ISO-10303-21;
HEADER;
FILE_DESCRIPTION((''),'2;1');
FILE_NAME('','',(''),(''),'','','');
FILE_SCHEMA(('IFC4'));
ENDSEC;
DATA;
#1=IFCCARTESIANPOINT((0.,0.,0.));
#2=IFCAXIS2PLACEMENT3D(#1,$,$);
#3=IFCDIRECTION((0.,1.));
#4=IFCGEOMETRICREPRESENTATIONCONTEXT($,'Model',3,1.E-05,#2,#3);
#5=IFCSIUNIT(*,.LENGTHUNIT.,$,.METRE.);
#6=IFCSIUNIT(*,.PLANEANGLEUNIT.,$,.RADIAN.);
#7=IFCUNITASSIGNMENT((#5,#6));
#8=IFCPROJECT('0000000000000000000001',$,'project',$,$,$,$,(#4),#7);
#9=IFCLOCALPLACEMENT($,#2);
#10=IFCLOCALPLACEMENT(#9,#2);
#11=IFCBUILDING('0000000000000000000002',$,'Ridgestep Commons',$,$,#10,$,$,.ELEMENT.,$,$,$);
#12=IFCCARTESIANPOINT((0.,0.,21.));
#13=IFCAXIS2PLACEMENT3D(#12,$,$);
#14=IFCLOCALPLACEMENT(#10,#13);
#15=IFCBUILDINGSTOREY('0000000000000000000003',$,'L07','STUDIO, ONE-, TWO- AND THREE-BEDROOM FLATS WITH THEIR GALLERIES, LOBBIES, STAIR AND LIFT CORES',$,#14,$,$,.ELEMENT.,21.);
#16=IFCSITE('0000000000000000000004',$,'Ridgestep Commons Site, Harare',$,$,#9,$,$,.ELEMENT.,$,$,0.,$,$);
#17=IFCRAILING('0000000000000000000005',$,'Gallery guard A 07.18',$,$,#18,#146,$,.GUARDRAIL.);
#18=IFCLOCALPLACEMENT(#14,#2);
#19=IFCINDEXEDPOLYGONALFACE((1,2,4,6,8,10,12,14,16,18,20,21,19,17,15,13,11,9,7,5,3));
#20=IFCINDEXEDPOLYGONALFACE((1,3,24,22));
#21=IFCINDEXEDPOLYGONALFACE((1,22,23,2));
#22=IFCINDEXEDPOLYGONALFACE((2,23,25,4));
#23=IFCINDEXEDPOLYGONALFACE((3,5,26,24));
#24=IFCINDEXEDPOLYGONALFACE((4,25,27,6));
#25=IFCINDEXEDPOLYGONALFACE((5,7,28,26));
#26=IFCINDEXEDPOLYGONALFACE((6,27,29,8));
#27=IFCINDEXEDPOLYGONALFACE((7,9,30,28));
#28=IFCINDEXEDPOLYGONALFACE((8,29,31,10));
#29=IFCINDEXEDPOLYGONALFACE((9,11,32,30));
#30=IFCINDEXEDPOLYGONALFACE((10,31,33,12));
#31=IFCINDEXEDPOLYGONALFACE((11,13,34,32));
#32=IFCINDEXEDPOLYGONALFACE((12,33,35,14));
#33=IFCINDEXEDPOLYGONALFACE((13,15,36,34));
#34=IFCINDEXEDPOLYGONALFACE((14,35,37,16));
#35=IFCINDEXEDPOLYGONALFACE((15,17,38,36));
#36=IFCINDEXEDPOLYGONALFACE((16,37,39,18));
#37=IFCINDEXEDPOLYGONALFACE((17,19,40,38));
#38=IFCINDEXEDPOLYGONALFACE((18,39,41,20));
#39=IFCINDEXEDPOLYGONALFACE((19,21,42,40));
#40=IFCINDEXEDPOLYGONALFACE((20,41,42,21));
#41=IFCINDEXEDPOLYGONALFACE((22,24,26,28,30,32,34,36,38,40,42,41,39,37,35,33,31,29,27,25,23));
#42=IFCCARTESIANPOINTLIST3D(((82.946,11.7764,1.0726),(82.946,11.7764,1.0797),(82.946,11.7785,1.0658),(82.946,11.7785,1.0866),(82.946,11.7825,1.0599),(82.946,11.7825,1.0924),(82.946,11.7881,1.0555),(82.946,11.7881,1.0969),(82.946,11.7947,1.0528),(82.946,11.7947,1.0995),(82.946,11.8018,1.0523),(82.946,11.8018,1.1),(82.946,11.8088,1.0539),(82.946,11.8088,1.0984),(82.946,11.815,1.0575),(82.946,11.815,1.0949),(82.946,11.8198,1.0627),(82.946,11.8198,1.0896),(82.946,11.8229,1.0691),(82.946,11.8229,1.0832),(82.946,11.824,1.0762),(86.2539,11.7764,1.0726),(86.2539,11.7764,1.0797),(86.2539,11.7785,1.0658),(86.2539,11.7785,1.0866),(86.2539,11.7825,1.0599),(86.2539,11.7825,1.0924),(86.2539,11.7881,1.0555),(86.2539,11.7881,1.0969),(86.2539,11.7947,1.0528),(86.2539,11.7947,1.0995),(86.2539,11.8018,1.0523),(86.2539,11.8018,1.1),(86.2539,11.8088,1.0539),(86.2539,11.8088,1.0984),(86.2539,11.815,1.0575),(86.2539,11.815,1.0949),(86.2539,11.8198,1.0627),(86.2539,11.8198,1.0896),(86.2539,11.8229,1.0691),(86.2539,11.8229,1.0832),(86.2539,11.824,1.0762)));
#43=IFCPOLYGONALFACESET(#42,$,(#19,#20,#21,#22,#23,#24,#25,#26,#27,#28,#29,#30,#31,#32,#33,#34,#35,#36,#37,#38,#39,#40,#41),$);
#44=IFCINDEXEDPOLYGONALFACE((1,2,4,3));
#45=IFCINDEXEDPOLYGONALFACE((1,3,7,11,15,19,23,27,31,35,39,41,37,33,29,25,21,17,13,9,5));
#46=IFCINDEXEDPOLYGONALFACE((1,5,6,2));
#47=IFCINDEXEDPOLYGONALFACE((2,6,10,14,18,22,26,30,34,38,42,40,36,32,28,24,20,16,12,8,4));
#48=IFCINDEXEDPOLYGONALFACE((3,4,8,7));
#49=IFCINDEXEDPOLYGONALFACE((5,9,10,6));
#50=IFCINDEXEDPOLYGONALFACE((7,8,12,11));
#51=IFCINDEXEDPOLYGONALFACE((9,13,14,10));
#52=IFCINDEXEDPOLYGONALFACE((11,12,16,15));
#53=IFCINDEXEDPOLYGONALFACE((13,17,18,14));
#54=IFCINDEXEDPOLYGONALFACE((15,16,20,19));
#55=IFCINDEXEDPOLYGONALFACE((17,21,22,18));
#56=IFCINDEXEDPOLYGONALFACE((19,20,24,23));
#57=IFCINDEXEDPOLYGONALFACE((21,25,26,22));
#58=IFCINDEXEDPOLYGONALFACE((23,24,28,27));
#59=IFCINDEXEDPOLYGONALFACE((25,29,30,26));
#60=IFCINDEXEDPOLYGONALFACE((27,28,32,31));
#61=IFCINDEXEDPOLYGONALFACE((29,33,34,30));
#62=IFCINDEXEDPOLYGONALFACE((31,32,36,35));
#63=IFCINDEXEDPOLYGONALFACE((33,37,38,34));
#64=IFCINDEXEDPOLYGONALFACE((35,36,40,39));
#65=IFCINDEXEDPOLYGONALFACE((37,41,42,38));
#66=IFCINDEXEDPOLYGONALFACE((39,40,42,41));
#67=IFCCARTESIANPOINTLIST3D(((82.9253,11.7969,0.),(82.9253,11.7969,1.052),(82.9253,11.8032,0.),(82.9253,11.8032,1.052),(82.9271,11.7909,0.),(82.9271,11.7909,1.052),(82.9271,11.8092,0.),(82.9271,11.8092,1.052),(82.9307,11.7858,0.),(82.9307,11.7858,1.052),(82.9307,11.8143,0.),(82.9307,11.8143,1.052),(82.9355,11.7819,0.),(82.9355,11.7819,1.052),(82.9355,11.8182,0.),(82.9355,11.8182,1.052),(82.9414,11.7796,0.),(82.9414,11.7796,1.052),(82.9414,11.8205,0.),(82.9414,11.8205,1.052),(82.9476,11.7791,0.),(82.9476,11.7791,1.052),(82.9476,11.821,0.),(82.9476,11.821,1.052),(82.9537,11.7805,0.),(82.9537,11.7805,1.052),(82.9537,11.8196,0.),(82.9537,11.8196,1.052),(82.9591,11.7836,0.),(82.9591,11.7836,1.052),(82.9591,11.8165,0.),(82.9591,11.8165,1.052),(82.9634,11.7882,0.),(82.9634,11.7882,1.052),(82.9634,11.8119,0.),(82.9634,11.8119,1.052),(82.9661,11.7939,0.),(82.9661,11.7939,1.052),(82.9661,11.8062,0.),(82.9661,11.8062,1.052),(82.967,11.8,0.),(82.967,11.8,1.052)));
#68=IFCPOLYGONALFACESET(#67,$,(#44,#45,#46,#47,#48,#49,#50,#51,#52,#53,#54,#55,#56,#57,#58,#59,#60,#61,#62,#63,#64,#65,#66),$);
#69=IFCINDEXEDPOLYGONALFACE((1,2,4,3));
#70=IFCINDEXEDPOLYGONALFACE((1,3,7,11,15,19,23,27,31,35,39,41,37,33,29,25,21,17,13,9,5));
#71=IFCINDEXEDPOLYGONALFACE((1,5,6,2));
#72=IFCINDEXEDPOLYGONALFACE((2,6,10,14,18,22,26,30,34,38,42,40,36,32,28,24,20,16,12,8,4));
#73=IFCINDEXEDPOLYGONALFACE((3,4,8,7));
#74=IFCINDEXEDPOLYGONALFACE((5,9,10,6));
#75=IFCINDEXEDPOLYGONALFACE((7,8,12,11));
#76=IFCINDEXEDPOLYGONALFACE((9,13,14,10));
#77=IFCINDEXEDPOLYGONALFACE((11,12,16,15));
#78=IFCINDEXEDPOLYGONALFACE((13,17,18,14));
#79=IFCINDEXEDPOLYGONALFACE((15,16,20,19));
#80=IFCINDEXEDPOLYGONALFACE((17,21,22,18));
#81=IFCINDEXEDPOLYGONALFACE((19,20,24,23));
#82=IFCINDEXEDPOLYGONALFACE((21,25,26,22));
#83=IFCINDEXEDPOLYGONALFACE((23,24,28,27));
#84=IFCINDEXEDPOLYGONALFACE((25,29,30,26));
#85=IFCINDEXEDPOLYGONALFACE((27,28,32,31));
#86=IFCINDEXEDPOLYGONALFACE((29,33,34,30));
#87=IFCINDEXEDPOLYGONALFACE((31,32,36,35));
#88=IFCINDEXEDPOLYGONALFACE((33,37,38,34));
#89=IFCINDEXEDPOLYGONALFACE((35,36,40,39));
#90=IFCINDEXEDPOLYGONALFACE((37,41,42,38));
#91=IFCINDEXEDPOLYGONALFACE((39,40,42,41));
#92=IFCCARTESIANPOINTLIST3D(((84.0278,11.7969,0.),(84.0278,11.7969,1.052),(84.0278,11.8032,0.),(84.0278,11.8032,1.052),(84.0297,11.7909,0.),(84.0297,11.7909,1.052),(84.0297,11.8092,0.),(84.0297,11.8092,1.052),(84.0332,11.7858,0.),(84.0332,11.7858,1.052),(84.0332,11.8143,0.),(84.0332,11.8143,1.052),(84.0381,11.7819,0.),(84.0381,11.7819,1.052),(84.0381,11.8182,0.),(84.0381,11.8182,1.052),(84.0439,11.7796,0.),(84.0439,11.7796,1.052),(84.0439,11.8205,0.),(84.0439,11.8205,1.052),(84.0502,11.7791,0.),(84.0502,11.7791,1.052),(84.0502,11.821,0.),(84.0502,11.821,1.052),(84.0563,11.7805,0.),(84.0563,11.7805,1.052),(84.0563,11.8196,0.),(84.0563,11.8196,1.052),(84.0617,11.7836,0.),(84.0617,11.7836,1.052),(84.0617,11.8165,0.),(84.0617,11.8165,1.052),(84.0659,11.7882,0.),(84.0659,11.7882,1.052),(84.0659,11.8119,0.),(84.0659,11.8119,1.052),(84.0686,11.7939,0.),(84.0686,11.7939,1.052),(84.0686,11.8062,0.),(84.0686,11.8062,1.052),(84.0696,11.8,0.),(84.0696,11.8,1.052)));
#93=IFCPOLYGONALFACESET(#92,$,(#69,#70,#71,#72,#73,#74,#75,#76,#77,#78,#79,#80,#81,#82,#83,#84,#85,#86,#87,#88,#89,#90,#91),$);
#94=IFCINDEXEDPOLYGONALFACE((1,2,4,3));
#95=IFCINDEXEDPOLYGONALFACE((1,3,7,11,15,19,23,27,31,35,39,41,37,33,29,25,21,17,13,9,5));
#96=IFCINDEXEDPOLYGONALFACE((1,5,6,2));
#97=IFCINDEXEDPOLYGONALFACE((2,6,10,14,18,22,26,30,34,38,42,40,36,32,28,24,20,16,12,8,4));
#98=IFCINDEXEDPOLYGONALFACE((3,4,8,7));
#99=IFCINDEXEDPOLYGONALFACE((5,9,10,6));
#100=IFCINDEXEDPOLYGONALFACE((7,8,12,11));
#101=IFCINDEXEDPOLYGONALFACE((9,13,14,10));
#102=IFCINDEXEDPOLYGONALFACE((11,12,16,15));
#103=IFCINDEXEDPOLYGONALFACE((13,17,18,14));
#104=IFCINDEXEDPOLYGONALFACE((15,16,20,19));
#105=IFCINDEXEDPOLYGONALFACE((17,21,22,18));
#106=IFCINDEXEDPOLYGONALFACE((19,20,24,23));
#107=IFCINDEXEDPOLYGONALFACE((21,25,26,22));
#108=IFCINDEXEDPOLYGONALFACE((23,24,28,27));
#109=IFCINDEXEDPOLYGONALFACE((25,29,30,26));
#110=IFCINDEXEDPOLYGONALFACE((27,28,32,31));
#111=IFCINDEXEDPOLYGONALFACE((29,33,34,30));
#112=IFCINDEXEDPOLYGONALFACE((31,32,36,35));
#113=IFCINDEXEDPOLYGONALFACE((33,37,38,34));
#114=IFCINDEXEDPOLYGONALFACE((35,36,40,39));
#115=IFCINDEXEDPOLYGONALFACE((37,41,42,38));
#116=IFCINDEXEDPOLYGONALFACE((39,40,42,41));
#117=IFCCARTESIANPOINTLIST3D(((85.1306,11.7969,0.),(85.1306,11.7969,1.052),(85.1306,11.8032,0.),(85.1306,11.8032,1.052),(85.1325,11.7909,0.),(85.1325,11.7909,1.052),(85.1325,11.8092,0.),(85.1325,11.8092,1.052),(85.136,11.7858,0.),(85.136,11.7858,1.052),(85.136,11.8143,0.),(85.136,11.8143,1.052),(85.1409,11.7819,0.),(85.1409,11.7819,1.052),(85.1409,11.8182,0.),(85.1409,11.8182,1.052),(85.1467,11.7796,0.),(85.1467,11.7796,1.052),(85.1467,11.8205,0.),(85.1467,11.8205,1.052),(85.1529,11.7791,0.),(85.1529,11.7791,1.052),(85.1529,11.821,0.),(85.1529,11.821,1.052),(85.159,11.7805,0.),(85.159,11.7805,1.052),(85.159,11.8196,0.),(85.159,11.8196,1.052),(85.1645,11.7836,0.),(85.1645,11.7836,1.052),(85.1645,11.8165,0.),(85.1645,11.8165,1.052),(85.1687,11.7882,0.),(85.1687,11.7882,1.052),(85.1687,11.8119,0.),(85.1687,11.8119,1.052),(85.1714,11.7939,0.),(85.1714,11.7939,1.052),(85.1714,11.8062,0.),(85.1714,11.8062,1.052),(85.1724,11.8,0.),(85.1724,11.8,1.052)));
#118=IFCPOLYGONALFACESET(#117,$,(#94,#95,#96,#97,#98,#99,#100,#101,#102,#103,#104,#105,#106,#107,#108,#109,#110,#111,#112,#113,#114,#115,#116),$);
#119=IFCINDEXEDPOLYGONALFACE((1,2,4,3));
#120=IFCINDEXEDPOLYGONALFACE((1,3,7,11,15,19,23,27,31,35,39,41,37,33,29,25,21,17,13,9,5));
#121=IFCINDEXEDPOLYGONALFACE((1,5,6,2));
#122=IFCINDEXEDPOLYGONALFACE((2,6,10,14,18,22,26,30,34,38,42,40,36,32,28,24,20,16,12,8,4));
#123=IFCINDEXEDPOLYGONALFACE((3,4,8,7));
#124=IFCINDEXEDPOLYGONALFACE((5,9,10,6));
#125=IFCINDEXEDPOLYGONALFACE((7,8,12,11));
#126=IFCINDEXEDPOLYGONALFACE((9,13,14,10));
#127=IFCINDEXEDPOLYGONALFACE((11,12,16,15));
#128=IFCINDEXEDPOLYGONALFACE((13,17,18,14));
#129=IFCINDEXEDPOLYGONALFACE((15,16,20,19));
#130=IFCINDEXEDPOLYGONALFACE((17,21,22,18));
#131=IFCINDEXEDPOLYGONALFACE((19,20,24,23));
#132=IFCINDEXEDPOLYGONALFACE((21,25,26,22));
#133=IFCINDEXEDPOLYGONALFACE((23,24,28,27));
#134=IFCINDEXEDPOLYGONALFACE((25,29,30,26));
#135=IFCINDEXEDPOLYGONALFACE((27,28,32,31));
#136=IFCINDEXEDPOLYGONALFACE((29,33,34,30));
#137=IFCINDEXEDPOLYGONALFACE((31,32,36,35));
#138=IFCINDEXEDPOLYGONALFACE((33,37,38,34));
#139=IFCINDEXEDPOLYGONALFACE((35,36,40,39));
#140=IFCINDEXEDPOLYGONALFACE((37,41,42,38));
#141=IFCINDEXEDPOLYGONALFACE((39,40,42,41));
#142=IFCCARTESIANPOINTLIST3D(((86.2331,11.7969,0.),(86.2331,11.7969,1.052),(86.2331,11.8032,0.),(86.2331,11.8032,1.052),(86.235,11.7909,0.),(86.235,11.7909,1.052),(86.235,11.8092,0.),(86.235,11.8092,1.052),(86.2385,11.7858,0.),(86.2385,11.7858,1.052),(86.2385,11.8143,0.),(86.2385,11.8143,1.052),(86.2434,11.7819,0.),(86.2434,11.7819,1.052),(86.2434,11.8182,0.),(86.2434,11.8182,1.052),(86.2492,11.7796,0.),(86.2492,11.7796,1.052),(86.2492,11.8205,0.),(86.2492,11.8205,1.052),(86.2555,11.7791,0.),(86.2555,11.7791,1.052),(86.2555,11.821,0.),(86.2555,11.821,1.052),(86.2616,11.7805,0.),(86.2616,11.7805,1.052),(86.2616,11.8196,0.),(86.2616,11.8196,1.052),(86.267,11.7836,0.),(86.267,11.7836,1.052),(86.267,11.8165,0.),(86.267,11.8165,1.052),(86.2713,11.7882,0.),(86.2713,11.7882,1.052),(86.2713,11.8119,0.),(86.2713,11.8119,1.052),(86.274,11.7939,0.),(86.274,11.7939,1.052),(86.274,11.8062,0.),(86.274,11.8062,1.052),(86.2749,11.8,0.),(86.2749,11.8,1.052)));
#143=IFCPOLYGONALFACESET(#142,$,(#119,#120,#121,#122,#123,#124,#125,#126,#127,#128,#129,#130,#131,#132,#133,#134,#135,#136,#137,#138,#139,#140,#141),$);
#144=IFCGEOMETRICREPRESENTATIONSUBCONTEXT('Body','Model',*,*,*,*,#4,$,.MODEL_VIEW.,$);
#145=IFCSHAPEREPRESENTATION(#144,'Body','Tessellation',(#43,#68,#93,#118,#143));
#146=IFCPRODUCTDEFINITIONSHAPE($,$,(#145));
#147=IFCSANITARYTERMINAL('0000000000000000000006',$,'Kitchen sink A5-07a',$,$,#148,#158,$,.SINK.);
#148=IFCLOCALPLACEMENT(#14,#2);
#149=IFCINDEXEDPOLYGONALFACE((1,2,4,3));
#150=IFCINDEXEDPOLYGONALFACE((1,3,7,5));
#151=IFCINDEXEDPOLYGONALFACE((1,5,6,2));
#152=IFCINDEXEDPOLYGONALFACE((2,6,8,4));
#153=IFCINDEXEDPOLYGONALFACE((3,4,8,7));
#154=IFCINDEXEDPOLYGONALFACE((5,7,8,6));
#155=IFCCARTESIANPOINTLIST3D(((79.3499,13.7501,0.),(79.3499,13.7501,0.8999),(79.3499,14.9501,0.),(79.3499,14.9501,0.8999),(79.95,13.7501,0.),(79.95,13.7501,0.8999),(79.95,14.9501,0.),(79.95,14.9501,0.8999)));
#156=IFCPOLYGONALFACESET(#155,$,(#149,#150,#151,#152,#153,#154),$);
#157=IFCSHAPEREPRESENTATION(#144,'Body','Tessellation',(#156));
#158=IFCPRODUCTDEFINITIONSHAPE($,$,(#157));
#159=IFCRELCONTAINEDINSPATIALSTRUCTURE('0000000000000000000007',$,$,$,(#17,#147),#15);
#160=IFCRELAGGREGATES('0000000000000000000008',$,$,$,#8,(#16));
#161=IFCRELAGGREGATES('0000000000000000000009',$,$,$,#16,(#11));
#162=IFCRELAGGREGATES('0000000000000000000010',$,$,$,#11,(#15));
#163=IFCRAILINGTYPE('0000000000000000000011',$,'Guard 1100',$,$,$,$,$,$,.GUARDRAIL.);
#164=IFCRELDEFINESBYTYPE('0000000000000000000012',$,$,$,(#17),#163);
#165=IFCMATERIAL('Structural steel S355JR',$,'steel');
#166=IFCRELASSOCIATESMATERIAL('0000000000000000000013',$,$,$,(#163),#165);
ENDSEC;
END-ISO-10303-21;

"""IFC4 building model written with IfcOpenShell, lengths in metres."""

from ifc_helpers import new_model, si_unit, direction, frame, origin, origin_2d, place, context, subcontext, project, spatial, rectangle, circle, extrude, material, type_object, element, save


model = new_model("IFC4")

# Units and contexts
model_context = context("Model", 3, precision=1e-05, world=origin(), true_north=direction((0.0, 1.0)))
body_context = subcontext(model_context, "Body", "Model", "MODEL_VIEW")
ifc_project = project(units=[si_unit("LENGTHUNIT", "METRE"), si_unit("PLANEANGLEUNIT", "RADIAN")], contexts=[model_context])

# Site, building, storey
site_placement = place(None, origin())
site = spatial("IfcSite", under=ifc_project, at=site_placement, Name="Ridgestep Commons Site, Harare", CompositionType="ELEMENT", RefElevation=0.0)
building_placement = place(site_placement, origin())
building = spatial("IfcBuilding", under=site, at=building_placement, Name="Ridgestep Commons", CompositionType="ELEMENT")
storey_placement = place(building_placement, frame((0.0, 0.0, 21.0)))
storey = spatial("IfcBuildingStorey", under=building, at=storey_placement, Name="L07", Description="STUDIO, ONE-, TWO- AND THREE-BEDROOM FLATS WITH THEIR GALLERIES, LOBBIES, STAIR AND LIFT CORES", CompositionType="ELEMENT", Elevation=21.0)

# Railing
ifc_material_1 = material(Name="Structural steel S355JR", Category="steel")
railing_type = type_object("IfcRailingType", Name="Guard 1100", PredefinedType="GUARDRAIL", material=ifc_material_1)
railing_1_placement = place(storey_placement, frame((82.946, 11.8, 0.0)))
element("IfcRailing", 1, at=railing_1_placement, inside=storey, type_object=railing_type, Name="Gallery guard A 07.18", PredefinedType="GUARDRAIL", context=body_context, shape_type="SweptSolid", body=[
    extrude(circle(Radius=0.0239, at=origin_2d()), frame((0.0, 0.0, 1.0762), z_axis=(1.0, 0.0, 0.0), x_axis=(0.0, 1.0, 0.0)), (0.0, 0.0, 1.0), 3.3079),
    extrude(circle(Radius=0.021, at=origin_2d()), origin(), (0.0, 0.0, 1.0), 1.052),
    extrude(circle(Radius=0.021, at=origin_2d()), frame((1.1025, 0.0, 0.0)), (0.0, 0.0, 1.0), 1.052),
    extrude(circle(Radius=0.021, at=origin_2d()), frame((2.2053, 0.0, 0.0)), (0.0, 0.0, 1.0), 1.052),
    extrude(circle(Radius=0.021, at=origin_2d()), frame((3.3079, 0.0, 0.0)), (0.0, 0.0, 1.0), 1.052),
])

# Sanitary terminal
sanitary_terminal_placement = place(storey_placement, frame((79.6499, 14.3501, 0.0), z_axis=(0.0, 0.0, 1.0), x_axis=(1.0, 0.0, 0.0)))
element("IfcSanitaryTerminal", 2, at=sanitary_terminal_placement, inside=storey, Name="Kitchen sink A5-07a", PredefinedType="SINK", context=body_context, shape_type="SweptSolid", body=[
    extrude(rectangle(XDim=0.6001, YDim=1.2, at=origin_2d()), origin(), (0.0, 0.0, 1.0), 0.8999),
])

save(model, "model.ifc")
